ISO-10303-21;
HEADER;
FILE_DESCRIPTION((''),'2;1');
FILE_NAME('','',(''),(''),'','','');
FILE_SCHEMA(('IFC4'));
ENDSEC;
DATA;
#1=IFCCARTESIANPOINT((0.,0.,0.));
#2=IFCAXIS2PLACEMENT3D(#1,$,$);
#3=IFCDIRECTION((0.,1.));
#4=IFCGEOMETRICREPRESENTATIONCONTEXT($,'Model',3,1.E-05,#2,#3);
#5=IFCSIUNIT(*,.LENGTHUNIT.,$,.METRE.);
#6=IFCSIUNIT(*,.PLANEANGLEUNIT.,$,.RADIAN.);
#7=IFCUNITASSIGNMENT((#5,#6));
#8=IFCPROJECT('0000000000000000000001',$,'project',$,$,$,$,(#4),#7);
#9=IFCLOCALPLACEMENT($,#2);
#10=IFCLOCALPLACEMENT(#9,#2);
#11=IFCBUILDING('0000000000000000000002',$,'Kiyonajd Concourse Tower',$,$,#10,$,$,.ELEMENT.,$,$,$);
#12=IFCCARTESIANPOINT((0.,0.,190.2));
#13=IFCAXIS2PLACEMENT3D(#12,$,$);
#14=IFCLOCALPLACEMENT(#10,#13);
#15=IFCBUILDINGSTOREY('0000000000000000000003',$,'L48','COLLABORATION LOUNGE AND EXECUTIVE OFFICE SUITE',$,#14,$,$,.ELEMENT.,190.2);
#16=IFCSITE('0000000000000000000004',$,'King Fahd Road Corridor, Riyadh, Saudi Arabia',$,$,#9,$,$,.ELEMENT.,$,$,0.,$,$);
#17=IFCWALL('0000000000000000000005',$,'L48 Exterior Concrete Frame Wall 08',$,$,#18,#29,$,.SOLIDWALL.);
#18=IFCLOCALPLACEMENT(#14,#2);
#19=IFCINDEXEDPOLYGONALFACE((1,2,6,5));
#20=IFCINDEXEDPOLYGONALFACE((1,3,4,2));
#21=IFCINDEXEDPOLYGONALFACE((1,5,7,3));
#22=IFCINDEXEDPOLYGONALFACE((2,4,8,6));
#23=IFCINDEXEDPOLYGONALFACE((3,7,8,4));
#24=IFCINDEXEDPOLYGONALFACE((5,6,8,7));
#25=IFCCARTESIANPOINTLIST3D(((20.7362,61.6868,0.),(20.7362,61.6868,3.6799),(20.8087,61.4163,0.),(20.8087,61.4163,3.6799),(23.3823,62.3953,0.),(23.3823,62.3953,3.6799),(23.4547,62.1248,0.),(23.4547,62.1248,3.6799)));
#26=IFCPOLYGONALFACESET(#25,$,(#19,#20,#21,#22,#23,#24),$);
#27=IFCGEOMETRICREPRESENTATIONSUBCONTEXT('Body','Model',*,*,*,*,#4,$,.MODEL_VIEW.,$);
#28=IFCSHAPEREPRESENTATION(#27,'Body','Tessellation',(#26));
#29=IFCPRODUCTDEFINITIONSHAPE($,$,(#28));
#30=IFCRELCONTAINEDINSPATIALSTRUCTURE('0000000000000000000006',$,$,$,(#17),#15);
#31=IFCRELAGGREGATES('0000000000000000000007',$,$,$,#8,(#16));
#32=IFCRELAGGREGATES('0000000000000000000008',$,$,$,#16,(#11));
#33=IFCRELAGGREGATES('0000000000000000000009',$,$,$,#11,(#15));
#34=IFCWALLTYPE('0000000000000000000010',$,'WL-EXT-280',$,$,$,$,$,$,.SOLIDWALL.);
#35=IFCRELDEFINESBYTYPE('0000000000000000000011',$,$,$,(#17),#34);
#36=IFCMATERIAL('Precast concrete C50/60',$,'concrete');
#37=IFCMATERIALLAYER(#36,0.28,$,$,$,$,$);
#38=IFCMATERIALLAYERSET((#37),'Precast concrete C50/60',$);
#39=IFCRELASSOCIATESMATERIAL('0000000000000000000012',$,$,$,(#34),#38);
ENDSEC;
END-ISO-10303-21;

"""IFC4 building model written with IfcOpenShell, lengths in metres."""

from ifc_helpers import new_model, si_unit, direction, frame, frame_2d, origin, place, context, subcontext, project, spatial, rectangle, extrude, material, layer, layer_set, type_object, element, save


model = new_model("IFC4")

# Units and contexts
model_context = context("Model", 3, precision=1e-05, world=origin(), true_north=direction((0.0, 1.0)))
body_context = subcontext(model_context, "Body", "Model", "MODEL_VIEW")
ifc_project = project(units=[si_unit("LENGTHUNIT", "METRE"), si_unit("PLANEANGLEUNIT", "RADIAN")], contexts=[model_context])

# Site, building, storey
site_placement = place(None, origin())
site = spatial("IfcSite", under=ifc_project, at=site_placement, Name="King Fahd Road Corridor, Riyadh, Saudi Arabia", CompositionType="ELEMENT", RefElevation=0.0)
building_placement = place(site_placement, origin())
building = spatial("IfcBuilding", under=site, at=building_placement, Name="Kiyonajd Concourse Tower", CompositionType="ELEMENT")
storey_placement = place(building_placement, frame((0.0, 0.0, 190.2)))
storey = spatial("IfcBuildingStorey", under=building, at=storey_placement, Name="L48", Description="COLLABORATION LOUNGE AND EXECUTIVE OFFICE SUITE", CompositionType="ELEMENT", Elevation=190.2)

# Wall
ifc_material_1 = material(Name="Precast concrete C50/60", Category="concrete")
ifc_layer_1 = layer(ifc_material_1, 0.28)
ifc_layer_set_1 = layer_set([ifc_layer_1], Name="Precast concrete C50/60")
wall_type = type_object("IfcWallType", Name="WL-EXT-280", PredefinedType="SOLIDWALL", material=ifc_layer_set_1)
wall_1_placement = place(storey_placement, frame((20.7725, 61.5515, 0.0), z_axis=(0.0, 0.0, 1.0), x_axis=(0.965971, 0.25865, 0.0)))
element("IfcWall", 1, at=wall_1_placement, inside=storey, type_object=wall_type, Name="L48 Exterior Concrete Frame Wall 08", PredefinedType="SOLIDWALL", context=body_context, shape_type="SweptSolid", body=[
    extrude(rectangle(XDim=2.7393, YDim=0.28, at=frame_2d((1.3696, 0.0))), origin(), (0.0, 0.0, 1.0), 3.6799),
])

save(model, "model.ifc")
